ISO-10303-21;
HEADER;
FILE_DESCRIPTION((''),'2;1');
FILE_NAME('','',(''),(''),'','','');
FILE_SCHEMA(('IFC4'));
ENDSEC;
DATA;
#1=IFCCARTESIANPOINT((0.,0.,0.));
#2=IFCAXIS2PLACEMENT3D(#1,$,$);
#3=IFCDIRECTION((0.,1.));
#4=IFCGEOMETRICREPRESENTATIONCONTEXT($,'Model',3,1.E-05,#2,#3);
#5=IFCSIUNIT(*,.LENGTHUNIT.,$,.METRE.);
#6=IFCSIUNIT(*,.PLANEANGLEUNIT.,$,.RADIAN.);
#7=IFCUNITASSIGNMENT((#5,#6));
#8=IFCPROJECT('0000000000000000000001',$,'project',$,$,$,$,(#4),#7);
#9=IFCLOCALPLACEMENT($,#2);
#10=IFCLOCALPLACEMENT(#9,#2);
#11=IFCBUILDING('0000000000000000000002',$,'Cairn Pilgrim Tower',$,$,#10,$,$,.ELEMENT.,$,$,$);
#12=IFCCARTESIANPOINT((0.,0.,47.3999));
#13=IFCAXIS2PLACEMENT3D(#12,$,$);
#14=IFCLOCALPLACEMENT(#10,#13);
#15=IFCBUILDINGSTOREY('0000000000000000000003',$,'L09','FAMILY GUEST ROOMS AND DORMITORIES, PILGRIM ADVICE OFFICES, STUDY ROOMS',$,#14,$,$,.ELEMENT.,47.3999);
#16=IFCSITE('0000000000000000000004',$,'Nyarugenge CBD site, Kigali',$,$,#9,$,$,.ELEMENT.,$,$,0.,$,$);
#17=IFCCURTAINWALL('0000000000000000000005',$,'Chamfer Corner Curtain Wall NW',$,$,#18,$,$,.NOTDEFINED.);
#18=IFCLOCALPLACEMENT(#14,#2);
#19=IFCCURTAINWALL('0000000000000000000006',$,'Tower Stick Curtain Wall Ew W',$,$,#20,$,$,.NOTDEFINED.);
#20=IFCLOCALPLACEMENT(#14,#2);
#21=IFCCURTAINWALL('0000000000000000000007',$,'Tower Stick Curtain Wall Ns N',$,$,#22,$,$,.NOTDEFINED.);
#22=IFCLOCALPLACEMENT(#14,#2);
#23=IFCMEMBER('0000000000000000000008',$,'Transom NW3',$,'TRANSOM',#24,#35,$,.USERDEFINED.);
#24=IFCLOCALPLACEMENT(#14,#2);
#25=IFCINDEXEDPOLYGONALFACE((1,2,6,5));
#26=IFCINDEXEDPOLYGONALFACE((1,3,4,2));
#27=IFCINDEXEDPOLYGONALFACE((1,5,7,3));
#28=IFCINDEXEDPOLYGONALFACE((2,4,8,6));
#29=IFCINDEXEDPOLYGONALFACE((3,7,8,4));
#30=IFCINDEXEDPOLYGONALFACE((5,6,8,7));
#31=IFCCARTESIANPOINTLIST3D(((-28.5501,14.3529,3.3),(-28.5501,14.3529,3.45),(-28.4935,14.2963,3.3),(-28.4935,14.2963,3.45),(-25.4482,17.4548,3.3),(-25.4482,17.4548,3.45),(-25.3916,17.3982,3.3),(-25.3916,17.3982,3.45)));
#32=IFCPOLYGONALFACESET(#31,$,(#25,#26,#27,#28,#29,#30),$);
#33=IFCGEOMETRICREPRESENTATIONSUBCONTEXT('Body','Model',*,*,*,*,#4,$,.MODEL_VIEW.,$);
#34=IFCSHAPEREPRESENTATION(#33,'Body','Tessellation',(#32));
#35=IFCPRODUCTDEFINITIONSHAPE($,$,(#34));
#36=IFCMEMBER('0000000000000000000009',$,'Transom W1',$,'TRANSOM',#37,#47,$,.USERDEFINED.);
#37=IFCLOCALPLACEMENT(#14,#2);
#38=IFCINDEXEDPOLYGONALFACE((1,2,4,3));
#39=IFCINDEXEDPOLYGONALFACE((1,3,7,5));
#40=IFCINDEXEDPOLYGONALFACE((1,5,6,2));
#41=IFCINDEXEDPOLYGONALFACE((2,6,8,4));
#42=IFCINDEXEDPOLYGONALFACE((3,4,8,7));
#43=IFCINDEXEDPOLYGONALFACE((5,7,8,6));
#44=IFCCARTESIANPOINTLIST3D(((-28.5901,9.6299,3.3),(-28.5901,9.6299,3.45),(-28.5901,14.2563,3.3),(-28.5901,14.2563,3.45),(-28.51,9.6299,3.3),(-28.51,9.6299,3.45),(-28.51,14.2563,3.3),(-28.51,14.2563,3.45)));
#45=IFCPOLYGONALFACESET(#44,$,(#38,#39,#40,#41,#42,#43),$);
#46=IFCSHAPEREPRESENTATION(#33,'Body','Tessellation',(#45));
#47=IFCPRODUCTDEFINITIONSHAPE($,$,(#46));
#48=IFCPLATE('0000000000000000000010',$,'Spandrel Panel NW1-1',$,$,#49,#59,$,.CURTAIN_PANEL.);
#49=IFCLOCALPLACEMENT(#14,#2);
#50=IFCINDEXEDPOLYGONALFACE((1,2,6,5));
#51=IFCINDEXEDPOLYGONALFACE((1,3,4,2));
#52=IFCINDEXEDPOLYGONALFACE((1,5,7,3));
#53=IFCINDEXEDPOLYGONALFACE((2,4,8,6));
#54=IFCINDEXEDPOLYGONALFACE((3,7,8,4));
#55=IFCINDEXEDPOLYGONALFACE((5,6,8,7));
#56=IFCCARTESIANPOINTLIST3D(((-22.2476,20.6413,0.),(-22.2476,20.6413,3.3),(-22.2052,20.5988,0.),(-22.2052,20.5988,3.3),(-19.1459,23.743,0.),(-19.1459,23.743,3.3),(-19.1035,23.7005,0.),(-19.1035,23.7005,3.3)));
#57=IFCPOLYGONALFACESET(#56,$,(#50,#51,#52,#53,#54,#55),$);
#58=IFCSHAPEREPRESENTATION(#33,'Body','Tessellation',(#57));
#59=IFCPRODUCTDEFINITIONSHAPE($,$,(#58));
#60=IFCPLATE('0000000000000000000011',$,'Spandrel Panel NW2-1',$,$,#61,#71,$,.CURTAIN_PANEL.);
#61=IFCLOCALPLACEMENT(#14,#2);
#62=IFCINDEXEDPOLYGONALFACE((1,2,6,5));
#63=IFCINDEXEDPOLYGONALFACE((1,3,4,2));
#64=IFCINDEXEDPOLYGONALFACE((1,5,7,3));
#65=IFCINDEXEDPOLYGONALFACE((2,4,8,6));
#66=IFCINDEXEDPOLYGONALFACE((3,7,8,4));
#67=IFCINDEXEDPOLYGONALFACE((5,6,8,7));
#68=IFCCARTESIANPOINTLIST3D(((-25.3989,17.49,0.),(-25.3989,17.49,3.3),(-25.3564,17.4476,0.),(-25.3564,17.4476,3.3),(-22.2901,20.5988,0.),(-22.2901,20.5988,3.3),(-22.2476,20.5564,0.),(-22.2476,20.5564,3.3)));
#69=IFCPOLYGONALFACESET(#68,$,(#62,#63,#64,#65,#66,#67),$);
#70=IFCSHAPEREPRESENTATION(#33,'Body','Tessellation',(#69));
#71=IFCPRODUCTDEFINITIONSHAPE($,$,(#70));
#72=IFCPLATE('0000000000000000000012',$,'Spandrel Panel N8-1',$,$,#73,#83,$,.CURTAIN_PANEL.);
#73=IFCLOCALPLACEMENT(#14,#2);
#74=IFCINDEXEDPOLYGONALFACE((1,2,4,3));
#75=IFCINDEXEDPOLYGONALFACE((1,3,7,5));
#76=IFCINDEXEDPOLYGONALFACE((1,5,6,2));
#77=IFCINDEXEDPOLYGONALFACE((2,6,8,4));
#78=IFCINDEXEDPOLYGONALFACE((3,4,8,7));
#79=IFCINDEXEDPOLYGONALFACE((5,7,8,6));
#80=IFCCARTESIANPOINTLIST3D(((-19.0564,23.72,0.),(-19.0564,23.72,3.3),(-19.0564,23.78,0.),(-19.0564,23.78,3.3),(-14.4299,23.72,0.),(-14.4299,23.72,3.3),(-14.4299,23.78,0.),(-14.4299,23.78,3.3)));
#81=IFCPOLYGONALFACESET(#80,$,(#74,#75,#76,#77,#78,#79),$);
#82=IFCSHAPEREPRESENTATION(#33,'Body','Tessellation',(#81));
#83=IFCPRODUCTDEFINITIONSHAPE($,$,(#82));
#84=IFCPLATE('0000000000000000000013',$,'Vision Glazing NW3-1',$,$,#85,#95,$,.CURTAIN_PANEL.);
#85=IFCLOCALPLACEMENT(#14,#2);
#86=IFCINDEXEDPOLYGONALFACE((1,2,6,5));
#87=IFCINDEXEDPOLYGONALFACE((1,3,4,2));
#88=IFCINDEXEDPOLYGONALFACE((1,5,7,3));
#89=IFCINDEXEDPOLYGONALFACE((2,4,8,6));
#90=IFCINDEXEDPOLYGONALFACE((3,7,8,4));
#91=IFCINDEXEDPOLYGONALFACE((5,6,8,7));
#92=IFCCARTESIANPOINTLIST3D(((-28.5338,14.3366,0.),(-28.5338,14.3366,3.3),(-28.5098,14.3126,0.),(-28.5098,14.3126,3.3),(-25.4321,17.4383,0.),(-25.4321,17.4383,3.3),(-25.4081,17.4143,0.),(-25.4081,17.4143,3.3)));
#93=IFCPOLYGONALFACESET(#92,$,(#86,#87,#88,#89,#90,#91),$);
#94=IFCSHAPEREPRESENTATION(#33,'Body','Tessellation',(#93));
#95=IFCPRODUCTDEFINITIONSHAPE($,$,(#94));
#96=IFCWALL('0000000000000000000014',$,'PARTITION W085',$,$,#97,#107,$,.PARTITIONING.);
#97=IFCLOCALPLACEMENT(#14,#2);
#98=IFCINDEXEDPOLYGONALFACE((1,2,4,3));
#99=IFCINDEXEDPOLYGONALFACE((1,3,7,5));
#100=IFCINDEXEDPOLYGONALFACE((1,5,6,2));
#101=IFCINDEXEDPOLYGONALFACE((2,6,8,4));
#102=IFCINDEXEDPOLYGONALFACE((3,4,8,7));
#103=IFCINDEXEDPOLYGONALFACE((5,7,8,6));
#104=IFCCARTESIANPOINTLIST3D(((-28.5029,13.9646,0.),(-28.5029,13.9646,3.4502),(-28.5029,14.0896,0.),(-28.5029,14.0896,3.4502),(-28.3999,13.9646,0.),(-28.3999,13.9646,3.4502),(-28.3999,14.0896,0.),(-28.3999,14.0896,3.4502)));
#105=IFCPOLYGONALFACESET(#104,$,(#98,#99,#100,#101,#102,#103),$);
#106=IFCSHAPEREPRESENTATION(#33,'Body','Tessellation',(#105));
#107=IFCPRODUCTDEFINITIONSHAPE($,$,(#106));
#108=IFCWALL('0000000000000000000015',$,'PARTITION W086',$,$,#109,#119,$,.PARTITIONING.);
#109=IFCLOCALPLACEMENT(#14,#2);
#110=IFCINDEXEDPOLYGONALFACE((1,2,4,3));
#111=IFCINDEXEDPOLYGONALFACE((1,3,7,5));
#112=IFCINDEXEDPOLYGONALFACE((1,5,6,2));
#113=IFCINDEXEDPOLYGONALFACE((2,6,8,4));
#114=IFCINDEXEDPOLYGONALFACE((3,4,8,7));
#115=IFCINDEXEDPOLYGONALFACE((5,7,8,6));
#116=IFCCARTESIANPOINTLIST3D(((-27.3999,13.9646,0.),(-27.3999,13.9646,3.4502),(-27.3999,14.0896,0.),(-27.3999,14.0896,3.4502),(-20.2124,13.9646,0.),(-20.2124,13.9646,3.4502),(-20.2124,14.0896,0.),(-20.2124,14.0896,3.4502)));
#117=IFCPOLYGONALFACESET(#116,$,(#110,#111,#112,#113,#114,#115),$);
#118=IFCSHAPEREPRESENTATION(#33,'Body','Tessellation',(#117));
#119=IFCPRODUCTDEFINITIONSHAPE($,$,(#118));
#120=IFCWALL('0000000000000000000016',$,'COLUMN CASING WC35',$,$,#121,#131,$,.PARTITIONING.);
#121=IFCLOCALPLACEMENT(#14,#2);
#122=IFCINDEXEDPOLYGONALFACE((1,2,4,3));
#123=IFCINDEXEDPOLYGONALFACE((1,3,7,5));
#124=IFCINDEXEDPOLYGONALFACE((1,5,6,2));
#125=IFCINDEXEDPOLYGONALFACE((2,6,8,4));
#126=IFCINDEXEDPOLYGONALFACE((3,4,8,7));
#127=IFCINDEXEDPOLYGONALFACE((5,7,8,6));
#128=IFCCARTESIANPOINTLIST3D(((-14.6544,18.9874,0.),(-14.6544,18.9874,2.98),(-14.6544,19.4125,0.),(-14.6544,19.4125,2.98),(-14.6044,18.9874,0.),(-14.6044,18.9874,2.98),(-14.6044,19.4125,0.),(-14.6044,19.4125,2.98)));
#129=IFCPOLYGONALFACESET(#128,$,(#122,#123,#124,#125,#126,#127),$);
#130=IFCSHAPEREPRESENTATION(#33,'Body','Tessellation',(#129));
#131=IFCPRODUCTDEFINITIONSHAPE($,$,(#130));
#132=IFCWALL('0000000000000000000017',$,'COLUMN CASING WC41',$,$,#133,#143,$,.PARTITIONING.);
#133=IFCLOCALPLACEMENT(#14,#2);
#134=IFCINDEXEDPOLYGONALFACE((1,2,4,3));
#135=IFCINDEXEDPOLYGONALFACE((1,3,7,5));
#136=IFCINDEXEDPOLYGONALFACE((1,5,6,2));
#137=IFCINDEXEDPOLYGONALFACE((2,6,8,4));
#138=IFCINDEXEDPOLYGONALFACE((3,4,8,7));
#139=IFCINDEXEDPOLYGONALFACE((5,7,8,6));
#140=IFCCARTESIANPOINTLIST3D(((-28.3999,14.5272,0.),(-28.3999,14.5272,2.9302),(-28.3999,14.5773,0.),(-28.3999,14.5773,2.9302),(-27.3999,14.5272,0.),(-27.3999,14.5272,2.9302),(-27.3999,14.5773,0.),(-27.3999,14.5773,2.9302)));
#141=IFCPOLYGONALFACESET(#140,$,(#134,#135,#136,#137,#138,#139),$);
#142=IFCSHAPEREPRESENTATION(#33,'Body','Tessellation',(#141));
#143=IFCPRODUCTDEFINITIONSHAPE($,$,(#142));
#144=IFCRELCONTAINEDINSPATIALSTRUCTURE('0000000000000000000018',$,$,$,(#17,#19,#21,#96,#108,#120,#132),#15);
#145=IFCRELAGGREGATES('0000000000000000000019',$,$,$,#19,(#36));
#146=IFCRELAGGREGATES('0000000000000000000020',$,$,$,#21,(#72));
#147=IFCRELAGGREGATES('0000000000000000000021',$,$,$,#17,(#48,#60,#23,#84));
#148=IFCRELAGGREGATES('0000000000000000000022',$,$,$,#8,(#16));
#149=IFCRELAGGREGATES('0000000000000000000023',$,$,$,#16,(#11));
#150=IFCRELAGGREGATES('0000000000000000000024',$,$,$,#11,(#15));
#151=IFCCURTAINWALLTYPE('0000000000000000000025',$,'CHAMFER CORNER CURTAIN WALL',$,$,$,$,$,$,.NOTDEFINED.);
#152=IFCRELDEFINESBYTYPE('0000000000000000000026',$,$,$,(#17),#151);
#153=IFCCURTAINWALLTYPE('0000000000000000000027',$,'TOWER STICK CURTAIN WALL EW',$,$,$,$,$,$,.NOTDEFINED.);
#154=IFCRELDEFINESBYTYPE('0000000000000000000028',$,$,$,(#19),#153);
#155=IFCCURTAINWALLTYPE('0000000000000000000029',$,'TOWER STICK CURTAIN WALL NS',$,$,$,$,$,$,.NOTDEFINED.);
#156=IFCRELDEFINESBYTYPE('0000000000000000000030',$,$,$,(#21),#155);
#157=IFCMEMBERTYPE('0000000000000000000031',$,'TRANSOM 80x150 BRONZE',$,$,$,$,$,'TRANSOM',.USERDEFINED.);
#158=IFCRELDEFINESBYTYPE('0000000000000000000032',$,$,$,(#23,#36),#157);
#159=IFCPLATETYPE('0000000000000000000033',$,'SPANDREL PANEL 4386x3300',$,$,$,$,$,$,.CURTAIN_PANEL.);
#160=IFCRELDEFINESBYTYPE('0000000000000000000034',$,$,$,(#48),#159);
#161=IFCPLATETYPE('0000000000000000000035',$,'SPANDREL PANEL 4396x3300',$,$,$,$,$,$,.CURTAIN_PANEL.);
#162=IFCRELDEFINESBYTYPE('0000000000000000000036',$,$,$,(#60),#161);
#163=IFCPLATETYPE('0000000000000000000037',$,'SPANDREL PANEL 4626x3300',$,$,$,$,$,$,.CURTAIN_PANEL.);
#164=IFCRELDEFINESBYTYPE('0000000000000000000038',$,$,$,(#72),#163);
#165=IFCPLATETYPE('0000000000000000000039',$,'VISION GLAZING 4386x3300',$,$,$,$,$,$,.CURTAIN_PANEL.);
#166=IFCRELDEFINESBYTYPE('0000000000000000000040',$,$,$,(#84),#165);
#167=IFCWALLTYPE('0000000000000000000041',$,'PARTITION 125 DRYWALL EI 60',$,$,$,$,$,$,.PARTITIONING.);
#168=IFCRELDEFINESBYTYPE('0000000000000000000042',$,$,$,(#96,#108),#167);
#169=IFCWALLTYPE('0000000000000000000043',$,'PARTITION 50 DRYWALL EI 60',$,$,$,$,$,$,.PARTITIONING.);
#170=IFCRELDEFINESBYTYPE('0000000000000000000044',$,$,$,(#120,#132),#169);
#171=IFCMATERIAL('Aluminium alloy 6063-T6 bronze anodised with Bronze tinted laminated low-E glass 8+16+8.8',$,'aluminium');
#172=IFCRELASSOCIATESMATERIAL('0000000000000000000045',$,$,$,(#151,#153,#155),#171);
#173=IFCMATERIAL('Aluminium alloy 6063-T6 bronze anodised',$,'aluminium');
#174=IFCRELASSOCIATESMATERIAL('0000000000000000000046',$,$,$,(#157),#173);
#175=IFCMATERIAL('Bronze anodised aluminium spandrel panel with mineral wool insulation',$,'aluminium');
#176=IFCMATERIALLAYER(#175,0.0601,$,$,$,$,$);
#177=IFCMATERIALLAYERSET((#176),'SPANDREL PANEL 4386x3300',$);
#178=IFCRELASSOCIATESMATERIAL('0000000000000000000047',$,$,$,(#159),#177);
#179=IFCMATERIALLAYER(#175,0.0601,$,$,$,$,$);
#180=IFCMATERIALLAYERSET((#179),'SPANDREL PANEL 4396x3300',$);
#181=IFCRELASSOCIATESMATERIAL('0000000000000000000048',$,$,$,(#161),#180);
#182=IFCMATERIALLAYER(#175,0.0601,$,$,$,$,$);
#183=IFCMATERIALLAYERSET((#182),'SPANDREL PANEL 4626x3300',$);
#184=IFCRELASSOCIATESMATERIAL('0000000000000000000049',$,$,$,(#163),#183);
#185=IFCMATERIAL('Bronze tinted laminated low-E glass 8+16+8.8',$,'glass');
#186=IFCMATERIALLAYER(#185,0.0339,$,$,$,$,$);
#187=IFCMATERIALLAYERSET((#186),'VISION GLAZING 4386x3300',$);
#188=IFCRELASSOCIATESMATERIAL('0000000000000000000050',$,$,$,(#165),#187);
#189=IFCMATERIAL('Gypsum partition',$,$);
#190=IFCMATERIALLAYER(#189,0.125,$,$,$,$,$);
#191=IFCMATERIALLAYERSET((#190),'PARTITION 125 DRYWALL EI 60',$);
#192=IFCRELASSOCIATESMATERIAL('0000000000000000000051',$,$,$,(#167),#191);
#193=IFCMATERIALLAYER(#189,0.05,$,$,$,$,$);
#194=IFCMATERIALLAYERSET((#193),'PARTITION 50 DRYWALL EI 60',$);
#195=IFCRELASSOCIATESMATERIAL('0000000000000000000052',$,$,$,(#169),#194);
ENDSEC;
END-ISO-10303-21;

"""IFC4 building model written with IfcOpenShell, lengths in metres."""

from ifc_helpers import new_model, si_unit, direction, frame, frame_2d, origin, origin_2d, place, context, subcontext, project, spatial, rectangle, extrude, material, layer, layer_set, material_profile, profile_set, type_object, element, aggregate, save


model = new_model("IFC4")

# Units and contexts
model_context = context("Model", 3, precision=1e-05, world=origin(), true_north=direction((0.0, 1.0)))
body_context = subcontext(model_context, "Body", "Model", "MODEL_VIEW")
ifc_project = project(units=[si_unit("LENGTHUNIT", "METRE"), si_unit("PLANEANGLEUNIT", "RADIAN")], contexts=[model_context])

# Site, building, storey
site_placement = place(None, origin())
site = spatial("IfcSite", under=ifc_project, at=site_placement, Name="Nyarugenge CBD site, Kigali", CompositionType="ELEMENT", RefElevation=0.0)
building_placement = place(site_placement, origin())
building = spatial("IfcBuilding", under=site, at=building_placement, Name="Cairn Pilgrim Tower", CompositionType="ELEMENT")
storey_placement = place(building_placement, frame((0.0, 0.0, 47.3999)))
storey = spatial("IfcBuildingStorey", under=building, at=storey_placement, Name="L09", Description="FAMILY GUEST ROOMS AND DORMITORIES, PILGRIM ADVICE OFFICES, STUDY ROOMS", CompositionType="ELEMENT", Elevation=47.3999)

# Curtain wall
ifc_material_1 = material(Name="Aluminium alloy 6063-T6 bronze anodised with Bronze tinted laminated low-E glass 8+16+8.8", Category="aluminium")
curtain_wall_type_1 = type_object("IfcCurtainWallType", Name="CHAMFER CORNER CURTAIN WALL", PredefinedType="NOTDEFINED", material=ifc_material_1)
curtain_wall_1_placement = place(storey_placement, origin())
curtain_wall_1 = element("IfcCurtainWall", 1, at=curtain_wall_1_placement, inside=storey, type_object=curtain_wall_type_1, Name="Chamfer Corner Curtain Wall NW", PredefinedType="NOTDEFINED")
ifc_material_2 = material(Name="Aluminium alloy 6063-T6 bronze anodised", Category="aluminium")

# Curtain wall
curtain_wall_type_2 = type_object("IfcCurtainWallType", Name="TOWER STICK CURTAIN WALL EW", PredefinedType="NOTDEFINED", material=ifc_material_1)
curtain_wall_2_placement = place(storey_placement, origin())
curtain_wall_2 = element("IfcCurtainWall", 2, at=curtain_wall_2_placement, inside=storey, type_object=curtain_wall_type_2, Name="Tower Stick Curtain Wall Ew W", PredefinedType="NOTDEFINED")

# Curtain wall
curtain_wall_type_3 = type_object("IfcCurtainWallType", Name="TOWER STICK CURTAIN WALL NS", PredefinedType="NOTDEFINED", material=ifc_material_1)
curtain_wall_3_placement = place(storey_placement, origin())
curtain_wall_3 = element("IfcCurtainWall", 3, at=curtain_wall_3_placement, inside=storey, type_object=curtain_wall_type_3, Name="Tower Stick Curtain Wall Ns N", PredefinedType="NOTDEFINED")
ifc_material_profile_1 = material_profile(ifc_material_2, rectangle(XDim=0.0801, YDim=0.1499, at=origin_2d()), Name="TRANSOM 80x150 BRONZE")
ifc_profile_set_1 = profile_set([ifc_material_profile_1], Name="Aluminium alloy 6063-T6 bronze anodised")
member_type_1 = type_object("IfcMemberType", Name="TRANSOM 80x150 BRONZE", ElementType="TRANSOM", PredefinedType="USERDEFINED", material=ifc_profile_set_1)

# Members
member_1_placement = place(storey_placement, frame((-25.4199, 17.4265, 3.375), z_axis=(-0.707107, -0.707107, 0.0), x_axis=(0.707107, -0.707107, 0.0)))
member_1 = element("IfcMember", 4, at=member_1_placement, type_object=member_type_1, Name="Transom NW3", ObjectType="TRANSOM", PredefinedType="USERDEFINED", context=body_context, shape_type="SweptSolid", body=[
    extrude(rectangle(XDim=0.0801, YDim=0.1499, at=origin_2d()), origin(), (0.0, 0.0, 1.0), 4.3867),
])
member_2_placement = place(storey_placement, frame((-28.55, 14.2563, 3.375), z_axis=(0.0, -1.0, 0.0), x_axis=(1.0, 0.0, 0.0)))
member_2 = element("IfcMember", 5, at=member_2_placement, type_object=member_type_1, Name="Transom W1", ObjectType="TRANSOM", PredefinedType="USERDEFINED", context=body_context, shape_type="SweptSolid", body=[
    extrude(rectangle(XDim=0.0801, YDim=0.1499, at=origin_2d()), origin(), (0.0, 0.0, 1.0), 4.6265),
])
aggregate(curtain_wall_2, [member_2])

# Plates
ifc_material_3 = material(Name="Bronze anodised aluminium spandrel panel with mineral wool insulation", Category="aluminium")
ifc_layer_1 = layer(ifc_material_3, 0.0601)
ifc_layer_set_1 = layer_set([ifc_layer_1], Name="SPANDREL PANEL 4386x3300")
plate_type_1 = type_object("IfcPlateType", Name="SPANDREL PANEL 4386x3300", PredefinedType="CURTAIN_PANEL", material=ifc_layer_set_1)
plate_1_placement = place(storey_placement, frame((-20.6755, 22.1709, 0.0), z_axis=(0.0, 0.0, 1.0), x_axis=(-0.707107, -0.707107, 0.0)))
plate_1 = element("IfcPlate", 6, at=plate_1_placement, type_object=plate_type_1, Name="Spandrel Panel NW1-1", PredefinedType="CURTAIN_PANEL", context=body_context, shape_type="SweptSolid", body=[
    extrude(rectangle(XDim=4.3865, YDim=0.0601, at=origin_2d()), origin(), (0.0, 0.0, 1.0), 3.3),
])
ifc_layer_2 = layer(ifc_material_3, 0.0601)
ifc_layer_set_2 = layer_set([ifc_layer_2], Name="SPANDREL PANEL 4396x3300")
plate_type_2 = type_object("IfcPlateType", Name="SPANDREL PANEL 4396x3300", PredefinedType="CURTAIN_PANEL", material=ifc_layer_set_2)
plate_2_placement = place(storey_placement, frame((-23.8232, 19.0232, 0.0), z_axis=(0.0, 0.0, 1.0), x_axis=(-0.707107, -0.707107, 0.0)))
plate_2 = element("IfcPlate", 7, at=plate_2_placement, type_object=plate_type_2, Name="Spandrel Panel NW2-1", PredefinedType="CURTAIN_PANEL", context=body_context, shape_type="SweptSolid", body=[
    extrude(rectangle(XDim=4.3965, YDim=0.0601, at=origin_2d()), origin(), (0.0, 0.0, 1.0), 3.3),
])
ifc_layer_3 = layer(ifc_material_3, 0.0601)
ifc_layer_set_3 = layer_set([ifc_layer_3], Name="SPANDREL PANEL 4626x3300")
plate_type_3 = type_object("IfcPlateType", Name="SPANDREL PANEL 4626x3300", PredefinedType="CURTAIN_PANEL", material=ifc_layer_set_3)
plate_3_placement = place(storey_placement, frame((-16.7432, 23.75, 0.0), z_axis=(0.0, 0.0, 1.0), x_axis=(-1.0, 0.0, 0.0)))
plate_3 = element("IfcPlate", 8, at=plate_3_placement, type_object=plate_type_3, Name="Spandrel Panel N8-1", PredefinedType="CURTAIN_PANEL", context=body_context, shape_type="SweptSolid", body=[
    extrude(rectangle(XDim=4.6265, YDim=0.0601, at=origin_2d()), origin(), (0.0, 0.0, 1.0), 3.3),
])
aggregate(curtain_wall_3, [plate_3])
ifc_material_4 = material(Name="Bronze tinted laminated low-E glass 8+16+8.8", Category="glass")
ifc_layer_4 = layer(ifc_material_4, 0.0339)
ifc_layer_set_4 = layer_set([ifc_layer_4], Name="VISION GLAZING 4386x3300")
plate_type_4 = type_object("IfcPlateType", Name="VISION GLAZING 4386x3300", PredefinedType="CURTAIN_PANEL", material=ifc_layer_set_4)
plate_4_placement = place(storey_placement, frame((-26.9709, 15.8755, 0.0), z_axis=(0.0, 0.0, 1.0), x_axis=(-0.707107, -0.707107, 0.0)))
plate_4 = element("IfcPlate", 9, at=plate_4_placement, type_object=plate_type_4, Name="Vision Glazing NW3-1", PredefinedType="CURTAIN_PANEL", context=body_context, shape_type="SweptSolid", body=[
    extrude(rectangle(XDim=4.3865, YDim=0.0339, at=origin_2d()), origin(), (0.0, 0.0, 1.0), 3.3),
])
aggregate(curtain_wall_1, [plate_1, plate_2, member_1, plate_4])

# Walls
ifc_material_5 = material(Name="Gypsum partition")
ifc_layer_5 = layer(ifc_material_5, 0.125)
ifc_layer_set_5 = layer_set([ifc_layer_5], Name="PARTITION 125 DRYWALL EI 60")
wall_type_1 = type_object("IfcWallType", Name="PARTITION 125 DRYWALL EI 60", PredefinedType="PARTITIONING", material=ifc_layer_set_5)
wall_1_placement = place(storey_placement, frame((-28.5029, 14.0271, 0.0), z_axis=(0.0, 0.0, 1.0), x_axis=(1.0, 0.0, 0.0)))
element("IfcWall", 10, at=wall_1_placement, inside=storey, type_object=wall_type_1, Name="PARTITION W085", PredefinedType="PARTITIONING", context=body_context, shape_type="SweptSolid", body=[
    extrude(rectangle(XDim=0.103, YDim=0.125, at=frame_2d((0.0515, 0.0))), origin(), (0.0, 0.0, 1.0), 3.4502),
])
wall_2_placement = place(storey_placement, frame((-27.3999, 14.0271, 0.0), z_axis=(0.0, 0.0, 1.0), x_axis=(1.0, 0.0, 0.0)))
element("IfcWall", 11, at=wall_2_placement, inside=storey, type_object=wall_type_1, Name="PARTITION W086", PredefinedType="PARTITIONING", context=body_context, shape_type="SweptSolid", body=[
    extrude(rectangle(XDim=7.1875, YDim=0.125, at=frame_2d((3.5938, 0.0))), origin(), (0.0, 0.0, 1.0), 3.4502),
])
ifc_layer_6 = layer(ifc_material_5, 0.05)
ifc_layer_set_6 = layer_set([ifc_layer_6], Name="PARTITION 50 DRYWALL EI 60")
wall_type_2 = type_object("IfcWallType", Name="PARTITION 50 DRYWALL EI 60", PredefinedType="PARTITIONING", material=ifc_layer_set_6)
wall_3_placement = place(storey_placement, frame((-14.6294, 18.9875, 0.0), z_axis=(0.0, 0.0, 1.0), x_axis=(0.0, 1.0, 0.0)))
element("IfcWall", 12, at=wall_3_placement, inside=storey, type_object=wall_type_2, Name="COLUMN CASING WC35", PredefinedType="PARTITIONING", context=body_context, shape_type="SweptSolid", body=[
    extrude(rectangle(XDim=0.425, YDim=0.05, at=frame_2d((0.2124, 0.0))), origin(), (0.0, 0.0, 1.0), 2.98),
])
wall_4_placement = place(storey_placement, frame((-28.3999, 14.5522, 0.0), z_axis=(0.0, 0.0, 1.0), x_axis=(1.0, 0.0, 0.0)))
element("IfcWall", 13, at=wall_4_placement, inside=storey, type_object=wall_type_2, Name="COLUMN CASING WC41", PredefinedType="PARTITIONING", context=body_context, shape_type="SweptSolid", body=[
    extrude(rectangle(XDim=1.0, YDim=0.05, at=frame_2d((0.5, 0.0))), origin(), (0.0, 0.0, 1.0), 2.9302),
])

save(model, "model.ifc")
